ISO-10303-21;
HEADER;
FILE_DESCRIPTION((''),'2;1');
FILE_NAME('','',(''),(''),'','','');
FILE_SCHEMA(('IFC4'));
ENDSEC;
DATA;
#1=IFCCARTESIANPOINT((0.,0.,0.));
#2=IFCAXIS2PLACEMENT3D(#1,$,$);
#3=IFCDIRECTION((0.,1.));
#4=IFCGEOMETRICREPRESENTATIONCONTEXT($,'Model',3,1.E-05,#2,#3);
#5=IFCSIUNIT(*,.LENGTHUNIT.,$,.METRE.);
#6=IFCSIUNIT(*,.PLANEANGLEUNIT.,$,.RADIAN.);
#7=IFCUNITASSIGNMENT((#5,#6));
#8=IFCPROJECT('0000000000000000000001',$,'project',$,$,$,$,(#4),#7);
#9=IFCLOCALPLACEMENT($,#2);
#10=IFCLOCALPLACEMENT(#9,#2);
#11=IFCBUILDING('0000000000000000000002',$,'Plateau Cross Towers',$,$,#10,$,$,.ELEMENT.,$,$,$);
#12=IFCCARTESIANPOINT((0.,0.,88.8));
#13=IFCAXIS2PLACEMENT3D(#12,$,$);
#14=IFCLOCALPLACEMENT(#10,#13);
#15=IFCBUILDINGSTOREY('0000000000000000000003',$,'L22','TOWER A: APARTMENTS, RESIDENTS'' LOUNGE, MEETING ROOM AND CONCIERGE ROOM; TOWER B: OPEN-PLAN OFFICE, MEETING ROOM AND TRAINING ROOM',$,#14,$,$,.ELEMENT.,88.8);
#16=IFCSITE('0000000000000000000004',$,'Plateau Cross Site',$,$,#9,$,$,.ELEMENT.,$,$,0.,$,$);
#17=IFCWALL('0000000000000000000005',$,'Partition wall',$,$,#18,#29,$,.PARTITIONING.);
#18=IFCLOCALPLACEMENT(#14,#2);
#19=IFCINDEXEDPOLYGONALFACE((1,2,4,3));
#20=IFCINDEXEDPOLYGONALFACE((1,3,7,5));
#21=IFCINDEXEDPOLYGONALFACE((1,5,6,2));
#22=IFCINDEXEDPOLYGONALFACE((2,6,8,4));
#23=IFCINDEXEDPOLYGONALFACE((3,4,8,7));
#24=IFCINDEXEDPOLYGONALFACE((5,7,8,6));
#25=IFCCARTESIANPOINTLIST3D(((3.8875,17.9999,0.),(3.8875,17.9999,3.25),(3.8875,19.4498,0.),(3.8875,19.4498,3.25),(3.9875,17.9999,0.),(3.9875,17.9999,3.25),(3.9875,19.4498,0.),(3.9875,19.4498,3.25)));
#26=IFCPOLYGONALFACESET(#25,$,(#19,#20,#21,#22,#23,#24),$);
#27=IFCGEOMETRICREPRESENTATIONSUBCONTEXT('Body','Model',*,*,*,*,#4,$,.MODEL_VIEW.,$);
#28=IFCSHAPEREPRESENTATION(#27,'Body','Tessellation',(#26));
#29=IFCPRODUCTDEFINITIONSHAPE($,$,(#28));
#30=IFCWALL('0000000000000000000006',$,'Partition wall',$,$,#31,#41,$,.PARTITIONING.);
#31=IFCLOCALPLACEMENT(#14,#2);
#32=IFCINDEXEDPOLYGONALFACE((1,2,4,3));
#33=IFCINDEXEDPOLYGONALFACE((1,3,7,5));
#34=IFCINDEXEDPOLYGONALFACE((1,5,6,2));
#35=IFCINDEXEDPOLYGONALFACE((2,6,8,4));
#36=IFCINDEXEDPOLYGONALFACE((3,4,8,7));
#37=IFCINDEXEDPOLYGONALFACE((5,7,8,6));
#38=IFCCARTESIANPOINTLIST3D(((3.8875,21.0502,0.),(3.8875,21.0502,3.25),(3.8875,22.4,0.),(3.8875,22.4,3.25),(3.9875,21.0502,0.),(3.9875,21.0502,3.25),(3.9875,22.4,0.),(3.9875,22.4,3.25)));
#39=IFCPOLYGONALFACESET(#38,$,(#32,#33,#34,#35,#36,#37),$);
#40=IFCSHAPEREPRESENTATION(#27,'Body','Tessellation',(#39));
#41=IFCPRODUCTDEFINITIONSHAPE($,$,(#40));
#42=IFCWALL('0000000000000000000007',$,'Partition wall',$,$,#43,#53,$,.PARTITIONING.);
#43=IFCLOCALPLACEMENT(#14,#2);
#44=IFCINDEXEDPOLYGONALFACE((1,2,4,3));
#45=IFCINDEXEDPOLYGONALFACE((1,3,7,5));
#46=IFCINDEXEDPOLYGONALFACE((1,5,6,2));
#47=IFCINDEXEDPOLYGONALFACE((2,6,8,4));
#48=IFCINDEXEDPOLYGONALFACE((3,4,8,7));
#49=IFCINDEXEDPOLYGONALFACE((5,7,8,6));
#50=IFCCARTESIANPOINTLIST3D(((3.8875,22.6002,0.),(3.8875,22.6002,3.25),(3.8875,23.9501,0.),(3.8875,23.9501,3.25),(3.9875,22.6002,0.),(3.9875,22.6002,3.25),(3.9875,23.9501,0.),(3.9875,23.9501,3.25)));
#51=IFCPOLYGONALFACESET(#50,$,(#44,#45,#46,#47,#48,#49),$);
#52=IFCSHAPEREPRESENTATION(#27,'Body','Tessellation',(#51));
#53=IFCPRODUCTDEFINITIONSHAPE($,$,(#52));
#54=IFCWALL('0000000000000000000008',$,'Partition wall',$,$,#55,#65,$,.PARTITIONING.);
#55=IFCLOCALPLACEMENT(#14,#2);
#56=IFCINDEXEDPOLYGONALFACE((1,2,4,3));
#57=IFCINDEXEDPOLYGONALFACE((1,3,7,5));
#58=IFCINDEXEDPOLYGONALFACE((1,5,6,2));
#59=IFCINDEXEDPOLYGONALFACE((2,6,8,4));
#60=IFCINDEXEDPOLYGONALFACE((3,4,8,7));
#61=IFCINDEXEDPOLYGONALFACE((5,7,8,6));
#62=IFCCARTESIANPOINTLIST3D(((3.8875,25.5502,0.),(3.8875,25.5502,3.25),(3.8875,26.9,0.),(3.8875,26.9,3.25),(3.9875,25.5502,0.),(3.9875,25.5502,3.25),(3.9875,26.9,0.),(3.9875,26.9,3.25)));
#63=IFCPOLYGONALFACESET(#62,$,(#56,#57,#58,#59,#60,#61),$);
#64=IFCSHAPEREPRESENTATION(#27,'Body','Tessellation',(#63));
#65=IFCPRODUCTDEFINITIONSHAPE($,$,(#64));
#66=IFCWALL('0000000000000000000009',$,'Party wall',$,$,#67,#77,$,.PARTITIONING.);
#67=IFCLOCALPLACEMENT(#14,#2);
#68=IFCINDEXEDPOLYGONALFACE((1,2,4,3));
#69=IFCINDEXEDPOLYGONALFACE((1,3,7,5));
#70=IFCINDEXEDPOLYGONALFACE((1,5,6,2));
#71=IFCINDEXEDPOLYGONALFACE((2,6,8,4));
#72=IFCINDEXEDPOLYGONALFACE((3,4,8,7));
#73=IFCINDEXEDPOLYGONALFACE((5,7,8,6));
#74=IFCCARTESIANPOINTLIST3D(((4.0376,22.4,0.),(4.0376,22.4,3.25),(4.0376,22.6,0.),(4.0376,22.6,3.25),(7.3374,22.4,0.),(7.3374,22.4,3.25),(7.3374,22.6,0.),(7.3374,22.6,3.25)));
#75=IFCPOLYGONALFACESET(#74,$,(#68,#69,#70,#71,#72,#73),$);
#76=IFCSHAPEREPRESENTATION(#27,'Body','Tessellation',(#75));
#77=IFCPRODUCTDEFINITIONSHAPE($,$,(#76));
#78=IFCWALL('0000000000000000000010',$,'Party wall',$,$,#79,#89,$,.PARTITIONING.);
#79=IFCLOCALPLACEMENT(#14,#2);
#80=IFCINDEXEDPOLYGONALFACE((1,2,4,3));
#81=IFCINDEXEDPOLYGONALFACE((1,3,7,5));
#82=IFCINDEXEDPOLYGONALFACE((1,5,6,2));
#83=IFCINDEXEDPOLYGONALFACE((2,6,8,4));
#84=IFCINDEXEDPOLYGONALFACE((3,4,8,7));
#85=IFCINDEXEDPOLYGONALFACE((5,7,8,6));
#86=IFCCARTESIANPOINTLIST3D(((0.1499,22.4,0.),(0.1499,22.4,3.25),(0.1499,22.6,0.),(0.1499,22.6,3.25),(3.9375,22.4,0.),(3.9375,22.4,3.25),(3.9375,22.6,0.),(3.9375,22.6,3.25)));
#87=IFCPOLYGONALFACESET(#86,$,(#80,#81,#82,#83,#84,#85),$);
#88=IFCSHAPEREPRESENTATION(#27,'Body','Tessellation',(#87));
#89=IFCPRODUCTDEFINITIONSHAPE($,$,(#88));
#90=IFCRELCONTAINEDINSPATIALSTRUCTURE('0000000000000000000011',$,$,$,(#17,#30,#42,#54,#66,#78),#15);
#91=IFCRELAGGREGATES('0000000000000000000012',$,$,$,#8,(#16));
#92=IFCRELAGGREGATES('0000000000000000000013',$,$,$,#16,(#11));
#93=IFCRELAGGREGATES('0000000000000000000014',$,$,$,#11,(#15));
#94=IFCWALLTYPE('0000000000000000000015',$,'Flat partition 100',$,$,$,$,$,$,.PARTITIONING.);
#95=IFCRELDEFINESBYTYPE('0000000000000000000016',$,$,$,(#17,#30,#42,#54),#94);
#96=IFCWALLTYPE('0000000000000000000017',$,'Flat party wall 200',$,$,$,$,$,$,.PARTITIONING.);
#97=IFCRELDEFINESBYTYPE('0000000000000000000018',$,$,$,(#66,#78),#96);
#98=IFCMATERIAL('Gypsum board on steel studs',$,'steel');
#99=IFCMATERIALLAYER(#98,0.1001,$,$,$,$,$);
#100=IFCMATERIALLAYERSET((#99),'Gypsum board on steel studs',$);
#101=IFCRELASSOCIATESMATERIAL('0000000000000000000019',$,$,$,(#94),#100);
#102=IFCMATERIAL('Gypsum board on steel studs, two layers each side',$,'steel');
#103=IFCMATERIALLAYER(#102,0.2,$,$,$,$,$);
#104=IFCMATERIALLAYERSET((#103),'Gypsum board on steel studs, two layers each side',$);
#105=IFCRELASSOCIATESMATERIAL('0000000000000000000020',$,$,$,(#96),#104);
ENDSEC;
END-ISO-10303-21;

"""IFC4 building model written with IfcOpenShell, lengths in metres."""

from ifc_helpers import new_model, si_unit, direction, frame, frame_2d, origin, place, context, subcontext, project, spatial, rectangle, extrude, material, layer, layer_set, type_object, element, save


model = new_model("IFC4")

# Units and contexts
model_context = context("Model", 3, precision=1e-05, world=origin(), true_north=direction((0.0, 1.0)))
body_context = subcontext(model_context, "Body", "Model", "MODEL_VIEW")
ifc_project = project(units=[si_unit("LENGTHUNIT", "METRE"), si_unit("PLANEANGLEUNIT", "RADIAN")], contexts=[model_context])

# Site, building, storey
site_placement = place(None, origin())
site = spatial("IfcSite", under=ifc_project, at=site_placement, Name="Plateau Cross Site", CompositionType="ELEMENT", RefElevation=0.0)
building_placement = place(site_placement, origin())
building = spatial("IfcBuilding", under=site, at=building_placement, Name="Plateau Cross Towers", CompositionType="ELEMENT")
storey_placement = place(building_placement, frame((0.0, 0.0, 88.8)))
storey = spatial("IfcBuildingStorey", under=building, at=storey_placement, Name="L22", Description="TOWER A: APARTMENTS, RESIDENTS' LOUNGE, MEETING ROOM AND CONCIERGE ROOM; TOWER B: OPEN-PLAN OFFICE, MEETING ROOM AND TRAINING ROOM", CompositionType="ELEMENT", Elevation=88.8)

# Shared definitions
ifc_material_1 = material(Name="Gypsum board on steel studs", Category="steel")
ifc_layer_1 = layer(ifc_material_1, 0.1001)
ifc_layer_set_1 = layer_set([ifc_layer_1], Name="Gypsum board on steel studs")
wall_type_1 = type_object("IfcWallType", Name="Flat partition 100", PredefinedType="PARTITIONING", material=ifc_layer_set_1)

# Walls
wall_1_placement = place(storey_placement, frame((3.9375, 19.45, 0.0), z_axis=(0.0, 0.0, 1.0), x_axis=(0.0, -1.0, 0.0)))
element("IfcWall", 1, at=wall_1_placement, inside=storey, type_object=wall_type_1, Name="Partition wall", PredefinedType="PARTITIONING", context=body_context, shape_type="SweptSolid", body=[
    extrude(rectangle(XDim=1.45, YDim=0.1001, at=frame_2d((0.7251, 0.0))), origin(), (0.0, 0.0, 1.0), 3.25),
])
for number, where, z_axis, x_axis, name in (
    (2, (3.9375, 22.3999, 0.0), (0.0, 0.0, 1.0), (0.0, -1.0, 0.0), "Partition wall"),
    (3, (3.9375, 23.95, 0.0), (0.0, 0.0, 1.0), (0.0, -1.0, 0.0), "Partition wall"),
    (4, (3.9375, 26.8999, 0.0), (0.0, 0.0, 1.0), (0.0, -1.0, 0.0), "Partition wall"),
):
    element("IfcWall", number, at=place(storey_placement, frame(where, z_axis=z_axis, x_axis=x_axis)), inside=storey, type_object=wall_type_1, Name=name, PredefinedType="PARTITIONING", context=body_context, shape_type="SweptSolid", body=[
        extrude(rectangle(XDim=1.3499, YDim=0.1001, at=frame_2d((0.6748, 0.0))), origin(), (0.0, 0.0, 1.0), 3.25),
    ])
ifc_material_2 = material(Name="Gypsum board on steel studs, two layers each side", Category="steel")
ifc_layer_2 = layer(ifc_material_2, 0.2)
ifc_layer_set_2 = layer_set([ifc_layer_2], Name="Gypsum board on steel studs, two layers each side")
wall_type_2 = type_object("IfcWallType", Name="Flat party wall 200", PredefinedType="PARTITIONING", material=ifc_layer_set_2)
wall_2_placement = place(storey_placement, frame((7.3374, 22.5, 0.0), z_axis=(0.0, 0.0, 1.0), x_axis=(-1.0, 0.0, 0.0)))
element("IfcWall", 5, at=wall_2_placement, inside=storey, type_object=wall_type_2, Name="Party wall", PredefinedType="PARTITIONING", context=body_context, shape_type="SweptSolid", body=[
    extrude(rectangle(XDim=3.2998, YDim=0.2, at=frame_2d((1.6499, 0.0))), origin(), (0.0, 0.0, 1.0), 3.25),
])
wall_3_placement = place(storey_placement, frame((0.1499, 22.5, 0.0), z_axis=(0.0, 0.0, 1.0), x_axis=(1.0, 0.0, 0.0)))
element("IfcWall", 6, at=wall_3_placement, inside=storey, type_object=wall_type_2, Name="Party wall", PredefinedType="PARTITIONING", context=body_context, shape_type="SweptSolid", body=[
    extrude(rectangle(XDim=3.7876, YDim=0.2, at=frame_2d((1.8938, 0.0))), origin(), (0.0, 0.0, 1.0), 3.25),
])

save(model, "model.ifc")
